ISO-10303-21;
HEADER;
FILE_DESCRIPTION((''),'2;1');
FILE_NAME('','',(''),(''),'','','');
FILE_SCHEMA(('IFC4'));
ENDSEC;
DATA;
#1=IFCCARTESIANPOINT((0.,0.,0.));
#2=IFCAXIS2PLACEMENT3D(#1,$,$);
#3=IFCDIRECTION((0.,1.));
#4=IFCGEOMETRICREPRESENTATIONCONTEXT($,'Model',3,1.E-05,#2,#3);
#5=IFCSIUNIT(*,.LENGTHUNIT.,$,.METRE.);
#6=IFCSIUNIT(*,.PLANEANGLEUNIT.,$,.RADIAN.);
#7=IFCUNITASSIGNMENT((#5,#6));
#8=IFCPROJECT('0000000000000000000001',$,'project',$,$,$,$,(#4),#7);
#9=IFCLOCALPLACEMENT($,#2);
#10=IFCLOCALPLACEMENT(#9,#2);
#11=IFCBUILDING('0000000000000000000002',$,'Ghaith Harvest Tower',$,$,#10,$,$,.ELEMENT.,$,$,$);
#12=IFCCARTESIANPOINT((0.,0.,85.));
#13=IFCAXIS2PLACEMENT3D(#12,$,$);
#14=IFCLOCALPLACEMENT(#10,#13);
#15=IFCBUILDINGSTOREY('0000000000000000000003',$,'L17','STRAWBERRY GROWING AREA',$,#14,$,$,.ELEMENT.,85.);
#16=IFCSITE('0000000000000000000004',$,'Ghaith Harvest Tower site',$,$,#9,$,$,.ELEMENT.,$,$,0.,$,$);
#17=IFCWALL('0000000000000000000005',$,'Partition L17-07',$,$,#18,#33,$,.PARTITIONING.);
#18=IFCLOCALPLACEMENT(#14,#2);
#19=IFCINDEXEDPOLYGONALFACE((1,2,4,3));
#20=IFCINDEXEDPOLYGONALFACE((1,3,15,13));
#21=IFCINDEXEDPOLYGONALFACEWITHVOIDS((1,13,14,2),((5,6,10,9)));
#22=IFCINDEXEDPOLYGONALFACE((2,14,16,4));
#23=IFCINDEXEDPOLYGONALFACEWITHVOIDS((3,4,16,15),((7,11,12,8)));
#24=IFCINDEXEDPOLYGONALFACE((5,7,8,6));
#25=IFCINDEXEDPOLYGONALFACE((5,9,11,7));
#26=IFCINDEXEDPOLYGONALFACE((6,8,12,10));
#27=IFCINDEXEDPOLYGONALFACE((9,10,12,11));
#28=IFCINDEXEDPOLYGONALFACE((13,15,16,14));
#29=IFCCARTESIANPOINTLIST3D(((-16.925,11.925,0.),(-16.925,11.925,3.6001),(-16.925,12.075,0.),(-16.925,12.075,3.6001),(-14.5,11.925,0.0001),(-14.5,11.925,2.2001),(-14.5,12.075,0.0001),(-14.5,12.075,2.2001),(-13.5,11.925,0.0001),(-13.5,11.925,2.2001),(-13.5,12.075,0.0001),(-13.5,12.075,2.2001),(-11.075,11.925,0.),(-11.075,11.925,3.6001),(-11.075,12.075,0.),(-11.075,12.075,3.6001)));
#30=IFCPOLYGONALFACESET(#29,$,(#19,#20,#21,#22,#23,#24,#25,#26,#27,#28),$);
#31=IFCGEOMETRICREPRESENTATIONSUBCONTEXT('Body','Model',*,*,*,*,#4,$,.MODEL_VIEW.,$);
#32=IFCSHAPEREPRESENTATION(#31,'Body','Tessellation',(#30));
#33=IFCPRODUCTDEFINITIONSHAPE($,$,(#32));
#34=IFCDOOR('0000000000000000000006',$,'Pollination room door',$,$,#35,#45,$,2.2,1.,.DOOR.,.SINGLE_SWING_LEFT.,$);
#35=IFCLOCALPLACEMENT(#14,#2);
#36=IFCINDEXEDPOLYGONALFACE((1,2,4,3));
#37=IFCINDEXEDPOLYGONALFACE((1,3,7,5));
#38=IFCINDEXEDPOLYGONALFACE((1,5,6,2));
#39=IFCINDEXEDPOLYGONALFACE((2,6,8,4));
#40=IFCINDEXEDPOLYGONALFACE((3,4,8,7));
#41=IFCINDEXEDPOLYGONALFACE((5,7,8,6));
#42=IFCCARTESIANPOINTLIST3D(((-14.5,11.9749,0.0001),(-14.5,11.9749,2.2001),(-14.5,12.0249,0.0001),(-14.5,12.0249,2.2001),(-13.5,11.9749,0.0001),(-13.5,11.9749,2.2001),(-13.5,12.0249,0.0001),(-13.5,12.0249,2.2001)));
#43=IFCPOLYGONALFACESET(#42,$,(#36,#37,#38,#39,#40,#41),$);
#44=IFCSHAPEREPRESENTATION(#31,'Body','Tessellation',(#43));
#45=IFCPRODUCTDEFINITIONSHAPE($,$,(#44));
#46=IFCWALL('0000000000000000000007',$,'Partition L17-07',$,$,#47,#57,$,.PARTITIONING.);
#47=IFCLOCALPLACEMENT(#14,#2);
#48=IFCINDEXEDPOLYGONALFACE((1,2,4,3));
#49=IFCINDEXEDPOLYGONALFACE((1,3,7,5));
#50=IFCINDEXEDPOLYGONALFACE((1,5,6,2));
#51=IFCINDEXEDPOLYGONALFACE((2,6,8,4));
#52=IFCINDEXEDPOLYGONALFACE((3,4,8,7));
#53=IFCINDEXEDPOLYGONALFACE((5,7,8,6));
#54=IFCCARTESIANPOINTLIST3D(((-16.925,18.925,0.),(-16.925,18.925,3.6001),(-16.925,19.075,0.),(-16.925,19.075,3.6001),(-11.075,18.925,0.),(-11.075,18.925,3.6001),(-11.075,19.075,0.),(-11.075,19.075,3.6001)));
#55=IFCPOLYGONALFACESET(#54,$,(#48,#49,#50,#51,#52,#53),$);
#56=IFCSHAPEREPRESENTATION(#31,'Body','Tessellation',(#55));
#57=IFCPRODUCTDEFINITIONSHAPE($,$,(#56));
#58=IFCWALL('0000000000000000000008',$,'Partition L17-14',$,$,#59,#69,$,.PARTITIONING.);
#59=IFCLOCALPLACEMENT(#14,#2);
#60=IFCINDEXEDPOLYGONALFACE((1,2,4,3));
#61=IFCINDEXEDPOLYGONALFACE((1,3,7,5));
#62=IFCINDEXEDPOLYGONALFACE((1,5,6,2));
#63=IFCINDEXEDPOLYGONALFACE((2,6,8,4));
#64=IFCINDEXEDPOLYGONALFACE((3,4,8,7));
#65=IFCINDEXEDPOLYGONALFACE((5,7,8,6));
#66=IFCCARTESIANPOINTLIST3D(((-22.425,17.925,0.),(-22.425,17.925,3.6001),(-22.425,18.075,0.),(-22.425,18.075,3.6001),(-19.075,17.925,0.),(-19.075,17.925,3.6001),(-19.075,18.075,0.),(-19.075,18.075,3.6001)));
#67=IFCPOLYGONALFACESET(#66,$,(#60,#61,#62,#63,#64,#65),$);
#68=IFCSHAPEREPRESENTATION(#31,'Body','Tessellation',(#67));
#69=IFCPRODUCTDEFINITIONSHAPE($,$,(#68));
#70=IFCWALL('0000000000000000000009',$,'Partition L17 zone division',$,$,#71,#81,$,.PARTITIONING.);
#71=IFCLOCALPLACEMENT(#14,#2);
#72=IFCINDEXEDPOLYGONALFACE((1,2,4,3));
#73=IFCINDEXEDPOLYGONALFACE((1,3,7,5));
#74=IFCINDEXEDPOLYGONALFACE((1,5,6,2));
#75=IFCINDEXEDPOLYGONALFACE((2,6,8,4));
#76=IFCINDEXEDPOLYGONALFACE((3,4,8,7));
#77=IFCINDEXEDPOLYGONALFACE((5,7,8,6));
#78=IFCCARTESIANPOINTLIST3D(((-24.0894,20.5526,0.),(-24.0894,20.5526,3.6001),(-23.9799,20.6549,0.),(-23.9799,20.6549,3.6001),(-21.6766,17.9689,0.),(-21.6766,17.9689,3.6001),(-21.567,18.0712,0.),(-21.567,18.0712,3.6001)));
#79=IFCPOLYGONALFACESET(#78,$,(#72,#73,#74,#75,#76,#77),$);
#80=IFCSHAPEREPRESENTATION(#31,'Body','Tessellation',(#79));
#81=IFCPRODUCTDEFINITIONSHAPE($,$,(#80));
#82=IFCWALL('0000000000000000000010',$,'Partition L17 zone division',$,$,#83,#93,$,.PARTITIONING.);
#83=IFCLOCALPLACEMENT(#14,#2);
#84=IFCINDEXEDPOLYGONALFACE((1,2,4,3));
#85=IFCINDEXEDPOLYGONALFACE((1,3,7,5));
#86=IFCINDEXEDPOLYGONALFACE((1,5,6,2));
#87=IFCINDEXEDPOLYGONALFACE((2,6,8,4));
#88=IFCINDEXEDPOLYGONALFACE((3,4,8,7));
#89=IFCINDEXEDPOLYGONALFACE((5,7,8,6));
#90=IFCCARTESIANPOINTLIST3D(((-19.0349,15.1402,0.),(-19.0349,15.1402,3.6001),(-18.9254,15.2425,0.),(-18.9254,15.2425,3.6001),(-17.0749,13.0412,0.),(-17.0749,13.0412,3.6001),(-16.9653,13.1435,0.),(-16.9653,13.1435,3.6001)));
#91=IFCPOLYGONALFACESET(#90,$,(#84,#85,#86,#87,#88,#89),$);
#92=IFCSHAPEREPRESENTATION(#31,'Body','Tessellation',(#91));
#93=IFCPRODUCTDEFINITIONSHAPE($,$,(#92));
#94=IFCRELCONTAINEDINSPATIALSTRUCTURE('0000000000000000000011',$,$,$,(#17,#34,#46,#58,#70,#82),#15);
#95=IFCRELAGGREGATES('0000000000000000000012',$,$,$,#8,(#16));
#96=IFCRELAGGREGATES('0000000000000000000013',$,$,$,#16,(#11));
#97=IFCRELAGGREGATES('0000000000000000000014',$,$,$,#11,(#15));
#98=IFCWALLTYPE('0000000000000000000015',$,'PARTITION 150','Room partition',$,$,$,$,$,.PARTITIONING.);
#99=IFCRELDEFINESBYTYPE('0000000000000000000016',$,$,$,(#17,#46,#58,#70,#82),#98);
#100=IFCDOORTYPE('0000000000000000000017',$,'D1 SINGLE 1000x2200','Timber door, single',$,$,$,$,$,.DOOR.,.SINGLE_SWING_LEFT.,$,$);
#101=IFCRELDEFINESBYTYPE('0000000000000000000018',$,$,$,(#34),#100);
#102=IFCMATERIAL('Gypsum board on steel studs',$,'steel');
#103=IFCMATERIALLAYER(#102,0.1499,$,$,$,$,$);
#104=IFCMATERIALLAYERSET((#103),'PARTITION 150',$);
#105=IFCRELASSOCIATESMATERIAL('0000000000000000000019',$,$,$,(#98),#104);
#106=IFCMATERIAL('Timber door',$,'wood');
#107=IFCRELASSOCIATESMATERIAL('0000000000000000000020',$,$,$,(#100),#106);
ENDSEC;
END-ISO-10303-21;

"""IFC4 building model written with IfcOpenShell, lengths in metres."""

from ifc_helpers import new_model, si_unit, direction, frame, frame_2d, origin, place, context, subcontext, project, spatial, rectangle, extrude, material, layer, layer_set, type_object, element, fill, save


model = new_model("IFC4")

# Units and contexts
model_context = context("Model", 3, precision=1e-05, world=origin(), true_north=direction((0.0, 1.0)))
body_context = subcontext(model_context, "Body", "Model", "MODEL_VIEW")
ifc_project = project(units=[si_unit("LENGTHUNIT", "METRE"), si_unit("PLANEANGLEUNIT", "RADIAN")], contexts=[model_context])

# Site, building, storey
site_placement = place(None, origin())
site = spatial("IfcSite", under=ifc_project, at=site_placement, Name="Ghaith Harvest Tower site", CompositionType="ELEMENT", RefElevation=0.0)
building_placement = place(site_placement, origin())
building = spatial("IfcBuilding", under=site, at=building_placement, Name="Ghaith Harvest Tower", CompositionType="ELEMENT")
storey_placement = place(building_placement, frame((0.0, 0.0, 85.0)))
storey = spatial("IfcBuildingStorey", under=building, at=storey_placement, Name="L17", Description="STRAWBERRY GROWING AREA", CompositionType="ELEMENT", Elevation=85.0)

# Wall, opening, door
ifc_material_1 = material(Name="Gypsum board on steel studs", Category="steel")
ifc_layer_1 = layer(ifc_material_1, 0.1499)
ifc_layer_set_1 = layer_set([ifc_layer_1], Name="PARTITION 150")
wall_type = type_object("IfcWallType", Name="PARTITION 150", Description="Room partition", PredefinedType="PARTITIONING", material=ifc_layer_set_1)
wall_1_placement = place(storey_placement, frame((-16.925, 12.0, 0.0), z_axis=(0.0, 0.0, 1.0), x_axis=(1.0, 0.0, 0.0)))
wall_1 = element("IfcWall", 1, at=wall_1_placement, inside=storey, type_object=wall_type, Name="Partition L17-07", PredefinedType="PARTITIONING", context=body_context, shape_type="SweptSolid", body=[
    extrude(rectangle(XDim=5.8501, YDim=0.1499, at=frame_2d((2.925, 0.0))), origin(), (0.0, 0.0, 1.0), 3.6001),
])
opening_placement = place(wall_1_placement, frame((2.425, 0.0, 0.0)))
opening = element("IfcOpeningElement", 2, at=opening_placement, cuts=wall_1, PredefinedType="OPENING", context=body_context, shape_type="SweptSolid", body=[
    extrude(rectangle(XDim=1.0, YDim=2.2, at=frame_2d((0.5, 1.1001))), frame((0.0, 0.085, 0.0), z_axis=(0.0, -1.0, 0.0), x_axis=(1.0, 0.0, 0.0)), (0.0, 0.0, 1.0), 0.1699),
])
ifc_material_2 = material(Name="Timber door", Category="wood")
door_type = type_object("IfcDoorType", Name="D1 SINGLE 1000x2200", Description="Timber door, single", OperationType="SINGLE_SWING_LEFT", PredefinedType="DOOR", material=ifc_material_2)
door_placement = place(opening_placement, origin())
door = element("IfcDoor", 3, at=door_placement, inside=storey, type_object=door_type, Name="Pollination room door", OperationType="SINGLE_SWING_LEFT", OverallHeight=2.2, OverallWidth=1.0, PredefinedType="DOOR", context=body_context, shape_type="SweptSolid", body=[
    extrude(rectangle(XDim=1.0, YDim=2.2, at=frame_2d((0.5, 1.1001))), frame((0.0, 0.0249, 0.0), z_axis=(0.0, -1.0, 0.0), x_axis=(1.0, 0.0, 0.0)), (0.0, 0.0, 1.0), 0.05),
])
fill(opening, door)

# Walls
wall_2_placement = place(storey_placement, frame((-16.925, 19.0, 0.0), z_axis=(0.0, 0.0, 1.0), x_axis=(1.0, 0.0, 0.0)))
element("IfcWall", 4, at=wall_2_placement, inside=storey, type_object=wall_type, Name="Partition L17-07", PredefinedType="PARTITIONING", context=body_context, shape_type="SweptSolid", body=[
    extrude(rectangle(XDim=5.8501, YDim=0.1499, at=frame_2d((2.925, 0.0))), origin(), (0.0, 0.0, 1.0), 3.6001),
])
wall_3_placement = place(storey_placement, frame((-22.425, 18.0, 0.0), z_axis=(0.0, 0.0, 1.0), x_axis=(1.0, 0.0, 0.0)))
element("IfcWall", 5, at=wall_3_placement, inside=storey, type_object=wall_type, Name="Partition L17-14", PredefinedType="PARTITIONING", context=body_context, shape_type="SweptSolid", body=[
    extrude(rectangle(XDim=3.3501, YDim=0.1499, at=frame_2d((1.675, 0.0))), origin(), (0.0, 0.0, 1.0), 3.6001),
])
wall_4_placement = place(storey_placement, frame((-21.6218, 18.02, 0.0), z_axis=(0.0, 0.0, 1.0), x_axis=(-0.682522, 0.730865, 0.0)))
element("IfcWall", 6, at=wall_4_placement, inside=storey, type_object=wall_type, Name="Partition L17 zone division", PredefinedType="PARTITIONING", context=body_context, shape_type="SweptSolid", body=[
    extrude(rectangle(XDim=3.5352, YDim=0.1499, at=frame_2d((1.7676, 0.0))), origin(), (0.0, 0.0, 1.0), 3.6001),
])
wall_5_placement = place(storey_placement, frame((-17.02, 13.0923, 0.0), z_axis=(0.0, 0.0, 1.0), x_axis=(-0.682506, 0.73088, 0.0)))
element("IfcWall", 7, at=wall_5_placement, inside=storey, type_object=wall_type, Name="Partition L17 zone division", PredefinedType="PARTITIONING", context=body_context, shape_type="SweptSolid", body=[
    extrude(rectangle(XDim=2.8718, YDim=0.1499, at=frame_2d((1.436, 0.0))), origin(), (0.0, 0.0, 1.0), 3.6001),
])

save(model, "model.ifc")
